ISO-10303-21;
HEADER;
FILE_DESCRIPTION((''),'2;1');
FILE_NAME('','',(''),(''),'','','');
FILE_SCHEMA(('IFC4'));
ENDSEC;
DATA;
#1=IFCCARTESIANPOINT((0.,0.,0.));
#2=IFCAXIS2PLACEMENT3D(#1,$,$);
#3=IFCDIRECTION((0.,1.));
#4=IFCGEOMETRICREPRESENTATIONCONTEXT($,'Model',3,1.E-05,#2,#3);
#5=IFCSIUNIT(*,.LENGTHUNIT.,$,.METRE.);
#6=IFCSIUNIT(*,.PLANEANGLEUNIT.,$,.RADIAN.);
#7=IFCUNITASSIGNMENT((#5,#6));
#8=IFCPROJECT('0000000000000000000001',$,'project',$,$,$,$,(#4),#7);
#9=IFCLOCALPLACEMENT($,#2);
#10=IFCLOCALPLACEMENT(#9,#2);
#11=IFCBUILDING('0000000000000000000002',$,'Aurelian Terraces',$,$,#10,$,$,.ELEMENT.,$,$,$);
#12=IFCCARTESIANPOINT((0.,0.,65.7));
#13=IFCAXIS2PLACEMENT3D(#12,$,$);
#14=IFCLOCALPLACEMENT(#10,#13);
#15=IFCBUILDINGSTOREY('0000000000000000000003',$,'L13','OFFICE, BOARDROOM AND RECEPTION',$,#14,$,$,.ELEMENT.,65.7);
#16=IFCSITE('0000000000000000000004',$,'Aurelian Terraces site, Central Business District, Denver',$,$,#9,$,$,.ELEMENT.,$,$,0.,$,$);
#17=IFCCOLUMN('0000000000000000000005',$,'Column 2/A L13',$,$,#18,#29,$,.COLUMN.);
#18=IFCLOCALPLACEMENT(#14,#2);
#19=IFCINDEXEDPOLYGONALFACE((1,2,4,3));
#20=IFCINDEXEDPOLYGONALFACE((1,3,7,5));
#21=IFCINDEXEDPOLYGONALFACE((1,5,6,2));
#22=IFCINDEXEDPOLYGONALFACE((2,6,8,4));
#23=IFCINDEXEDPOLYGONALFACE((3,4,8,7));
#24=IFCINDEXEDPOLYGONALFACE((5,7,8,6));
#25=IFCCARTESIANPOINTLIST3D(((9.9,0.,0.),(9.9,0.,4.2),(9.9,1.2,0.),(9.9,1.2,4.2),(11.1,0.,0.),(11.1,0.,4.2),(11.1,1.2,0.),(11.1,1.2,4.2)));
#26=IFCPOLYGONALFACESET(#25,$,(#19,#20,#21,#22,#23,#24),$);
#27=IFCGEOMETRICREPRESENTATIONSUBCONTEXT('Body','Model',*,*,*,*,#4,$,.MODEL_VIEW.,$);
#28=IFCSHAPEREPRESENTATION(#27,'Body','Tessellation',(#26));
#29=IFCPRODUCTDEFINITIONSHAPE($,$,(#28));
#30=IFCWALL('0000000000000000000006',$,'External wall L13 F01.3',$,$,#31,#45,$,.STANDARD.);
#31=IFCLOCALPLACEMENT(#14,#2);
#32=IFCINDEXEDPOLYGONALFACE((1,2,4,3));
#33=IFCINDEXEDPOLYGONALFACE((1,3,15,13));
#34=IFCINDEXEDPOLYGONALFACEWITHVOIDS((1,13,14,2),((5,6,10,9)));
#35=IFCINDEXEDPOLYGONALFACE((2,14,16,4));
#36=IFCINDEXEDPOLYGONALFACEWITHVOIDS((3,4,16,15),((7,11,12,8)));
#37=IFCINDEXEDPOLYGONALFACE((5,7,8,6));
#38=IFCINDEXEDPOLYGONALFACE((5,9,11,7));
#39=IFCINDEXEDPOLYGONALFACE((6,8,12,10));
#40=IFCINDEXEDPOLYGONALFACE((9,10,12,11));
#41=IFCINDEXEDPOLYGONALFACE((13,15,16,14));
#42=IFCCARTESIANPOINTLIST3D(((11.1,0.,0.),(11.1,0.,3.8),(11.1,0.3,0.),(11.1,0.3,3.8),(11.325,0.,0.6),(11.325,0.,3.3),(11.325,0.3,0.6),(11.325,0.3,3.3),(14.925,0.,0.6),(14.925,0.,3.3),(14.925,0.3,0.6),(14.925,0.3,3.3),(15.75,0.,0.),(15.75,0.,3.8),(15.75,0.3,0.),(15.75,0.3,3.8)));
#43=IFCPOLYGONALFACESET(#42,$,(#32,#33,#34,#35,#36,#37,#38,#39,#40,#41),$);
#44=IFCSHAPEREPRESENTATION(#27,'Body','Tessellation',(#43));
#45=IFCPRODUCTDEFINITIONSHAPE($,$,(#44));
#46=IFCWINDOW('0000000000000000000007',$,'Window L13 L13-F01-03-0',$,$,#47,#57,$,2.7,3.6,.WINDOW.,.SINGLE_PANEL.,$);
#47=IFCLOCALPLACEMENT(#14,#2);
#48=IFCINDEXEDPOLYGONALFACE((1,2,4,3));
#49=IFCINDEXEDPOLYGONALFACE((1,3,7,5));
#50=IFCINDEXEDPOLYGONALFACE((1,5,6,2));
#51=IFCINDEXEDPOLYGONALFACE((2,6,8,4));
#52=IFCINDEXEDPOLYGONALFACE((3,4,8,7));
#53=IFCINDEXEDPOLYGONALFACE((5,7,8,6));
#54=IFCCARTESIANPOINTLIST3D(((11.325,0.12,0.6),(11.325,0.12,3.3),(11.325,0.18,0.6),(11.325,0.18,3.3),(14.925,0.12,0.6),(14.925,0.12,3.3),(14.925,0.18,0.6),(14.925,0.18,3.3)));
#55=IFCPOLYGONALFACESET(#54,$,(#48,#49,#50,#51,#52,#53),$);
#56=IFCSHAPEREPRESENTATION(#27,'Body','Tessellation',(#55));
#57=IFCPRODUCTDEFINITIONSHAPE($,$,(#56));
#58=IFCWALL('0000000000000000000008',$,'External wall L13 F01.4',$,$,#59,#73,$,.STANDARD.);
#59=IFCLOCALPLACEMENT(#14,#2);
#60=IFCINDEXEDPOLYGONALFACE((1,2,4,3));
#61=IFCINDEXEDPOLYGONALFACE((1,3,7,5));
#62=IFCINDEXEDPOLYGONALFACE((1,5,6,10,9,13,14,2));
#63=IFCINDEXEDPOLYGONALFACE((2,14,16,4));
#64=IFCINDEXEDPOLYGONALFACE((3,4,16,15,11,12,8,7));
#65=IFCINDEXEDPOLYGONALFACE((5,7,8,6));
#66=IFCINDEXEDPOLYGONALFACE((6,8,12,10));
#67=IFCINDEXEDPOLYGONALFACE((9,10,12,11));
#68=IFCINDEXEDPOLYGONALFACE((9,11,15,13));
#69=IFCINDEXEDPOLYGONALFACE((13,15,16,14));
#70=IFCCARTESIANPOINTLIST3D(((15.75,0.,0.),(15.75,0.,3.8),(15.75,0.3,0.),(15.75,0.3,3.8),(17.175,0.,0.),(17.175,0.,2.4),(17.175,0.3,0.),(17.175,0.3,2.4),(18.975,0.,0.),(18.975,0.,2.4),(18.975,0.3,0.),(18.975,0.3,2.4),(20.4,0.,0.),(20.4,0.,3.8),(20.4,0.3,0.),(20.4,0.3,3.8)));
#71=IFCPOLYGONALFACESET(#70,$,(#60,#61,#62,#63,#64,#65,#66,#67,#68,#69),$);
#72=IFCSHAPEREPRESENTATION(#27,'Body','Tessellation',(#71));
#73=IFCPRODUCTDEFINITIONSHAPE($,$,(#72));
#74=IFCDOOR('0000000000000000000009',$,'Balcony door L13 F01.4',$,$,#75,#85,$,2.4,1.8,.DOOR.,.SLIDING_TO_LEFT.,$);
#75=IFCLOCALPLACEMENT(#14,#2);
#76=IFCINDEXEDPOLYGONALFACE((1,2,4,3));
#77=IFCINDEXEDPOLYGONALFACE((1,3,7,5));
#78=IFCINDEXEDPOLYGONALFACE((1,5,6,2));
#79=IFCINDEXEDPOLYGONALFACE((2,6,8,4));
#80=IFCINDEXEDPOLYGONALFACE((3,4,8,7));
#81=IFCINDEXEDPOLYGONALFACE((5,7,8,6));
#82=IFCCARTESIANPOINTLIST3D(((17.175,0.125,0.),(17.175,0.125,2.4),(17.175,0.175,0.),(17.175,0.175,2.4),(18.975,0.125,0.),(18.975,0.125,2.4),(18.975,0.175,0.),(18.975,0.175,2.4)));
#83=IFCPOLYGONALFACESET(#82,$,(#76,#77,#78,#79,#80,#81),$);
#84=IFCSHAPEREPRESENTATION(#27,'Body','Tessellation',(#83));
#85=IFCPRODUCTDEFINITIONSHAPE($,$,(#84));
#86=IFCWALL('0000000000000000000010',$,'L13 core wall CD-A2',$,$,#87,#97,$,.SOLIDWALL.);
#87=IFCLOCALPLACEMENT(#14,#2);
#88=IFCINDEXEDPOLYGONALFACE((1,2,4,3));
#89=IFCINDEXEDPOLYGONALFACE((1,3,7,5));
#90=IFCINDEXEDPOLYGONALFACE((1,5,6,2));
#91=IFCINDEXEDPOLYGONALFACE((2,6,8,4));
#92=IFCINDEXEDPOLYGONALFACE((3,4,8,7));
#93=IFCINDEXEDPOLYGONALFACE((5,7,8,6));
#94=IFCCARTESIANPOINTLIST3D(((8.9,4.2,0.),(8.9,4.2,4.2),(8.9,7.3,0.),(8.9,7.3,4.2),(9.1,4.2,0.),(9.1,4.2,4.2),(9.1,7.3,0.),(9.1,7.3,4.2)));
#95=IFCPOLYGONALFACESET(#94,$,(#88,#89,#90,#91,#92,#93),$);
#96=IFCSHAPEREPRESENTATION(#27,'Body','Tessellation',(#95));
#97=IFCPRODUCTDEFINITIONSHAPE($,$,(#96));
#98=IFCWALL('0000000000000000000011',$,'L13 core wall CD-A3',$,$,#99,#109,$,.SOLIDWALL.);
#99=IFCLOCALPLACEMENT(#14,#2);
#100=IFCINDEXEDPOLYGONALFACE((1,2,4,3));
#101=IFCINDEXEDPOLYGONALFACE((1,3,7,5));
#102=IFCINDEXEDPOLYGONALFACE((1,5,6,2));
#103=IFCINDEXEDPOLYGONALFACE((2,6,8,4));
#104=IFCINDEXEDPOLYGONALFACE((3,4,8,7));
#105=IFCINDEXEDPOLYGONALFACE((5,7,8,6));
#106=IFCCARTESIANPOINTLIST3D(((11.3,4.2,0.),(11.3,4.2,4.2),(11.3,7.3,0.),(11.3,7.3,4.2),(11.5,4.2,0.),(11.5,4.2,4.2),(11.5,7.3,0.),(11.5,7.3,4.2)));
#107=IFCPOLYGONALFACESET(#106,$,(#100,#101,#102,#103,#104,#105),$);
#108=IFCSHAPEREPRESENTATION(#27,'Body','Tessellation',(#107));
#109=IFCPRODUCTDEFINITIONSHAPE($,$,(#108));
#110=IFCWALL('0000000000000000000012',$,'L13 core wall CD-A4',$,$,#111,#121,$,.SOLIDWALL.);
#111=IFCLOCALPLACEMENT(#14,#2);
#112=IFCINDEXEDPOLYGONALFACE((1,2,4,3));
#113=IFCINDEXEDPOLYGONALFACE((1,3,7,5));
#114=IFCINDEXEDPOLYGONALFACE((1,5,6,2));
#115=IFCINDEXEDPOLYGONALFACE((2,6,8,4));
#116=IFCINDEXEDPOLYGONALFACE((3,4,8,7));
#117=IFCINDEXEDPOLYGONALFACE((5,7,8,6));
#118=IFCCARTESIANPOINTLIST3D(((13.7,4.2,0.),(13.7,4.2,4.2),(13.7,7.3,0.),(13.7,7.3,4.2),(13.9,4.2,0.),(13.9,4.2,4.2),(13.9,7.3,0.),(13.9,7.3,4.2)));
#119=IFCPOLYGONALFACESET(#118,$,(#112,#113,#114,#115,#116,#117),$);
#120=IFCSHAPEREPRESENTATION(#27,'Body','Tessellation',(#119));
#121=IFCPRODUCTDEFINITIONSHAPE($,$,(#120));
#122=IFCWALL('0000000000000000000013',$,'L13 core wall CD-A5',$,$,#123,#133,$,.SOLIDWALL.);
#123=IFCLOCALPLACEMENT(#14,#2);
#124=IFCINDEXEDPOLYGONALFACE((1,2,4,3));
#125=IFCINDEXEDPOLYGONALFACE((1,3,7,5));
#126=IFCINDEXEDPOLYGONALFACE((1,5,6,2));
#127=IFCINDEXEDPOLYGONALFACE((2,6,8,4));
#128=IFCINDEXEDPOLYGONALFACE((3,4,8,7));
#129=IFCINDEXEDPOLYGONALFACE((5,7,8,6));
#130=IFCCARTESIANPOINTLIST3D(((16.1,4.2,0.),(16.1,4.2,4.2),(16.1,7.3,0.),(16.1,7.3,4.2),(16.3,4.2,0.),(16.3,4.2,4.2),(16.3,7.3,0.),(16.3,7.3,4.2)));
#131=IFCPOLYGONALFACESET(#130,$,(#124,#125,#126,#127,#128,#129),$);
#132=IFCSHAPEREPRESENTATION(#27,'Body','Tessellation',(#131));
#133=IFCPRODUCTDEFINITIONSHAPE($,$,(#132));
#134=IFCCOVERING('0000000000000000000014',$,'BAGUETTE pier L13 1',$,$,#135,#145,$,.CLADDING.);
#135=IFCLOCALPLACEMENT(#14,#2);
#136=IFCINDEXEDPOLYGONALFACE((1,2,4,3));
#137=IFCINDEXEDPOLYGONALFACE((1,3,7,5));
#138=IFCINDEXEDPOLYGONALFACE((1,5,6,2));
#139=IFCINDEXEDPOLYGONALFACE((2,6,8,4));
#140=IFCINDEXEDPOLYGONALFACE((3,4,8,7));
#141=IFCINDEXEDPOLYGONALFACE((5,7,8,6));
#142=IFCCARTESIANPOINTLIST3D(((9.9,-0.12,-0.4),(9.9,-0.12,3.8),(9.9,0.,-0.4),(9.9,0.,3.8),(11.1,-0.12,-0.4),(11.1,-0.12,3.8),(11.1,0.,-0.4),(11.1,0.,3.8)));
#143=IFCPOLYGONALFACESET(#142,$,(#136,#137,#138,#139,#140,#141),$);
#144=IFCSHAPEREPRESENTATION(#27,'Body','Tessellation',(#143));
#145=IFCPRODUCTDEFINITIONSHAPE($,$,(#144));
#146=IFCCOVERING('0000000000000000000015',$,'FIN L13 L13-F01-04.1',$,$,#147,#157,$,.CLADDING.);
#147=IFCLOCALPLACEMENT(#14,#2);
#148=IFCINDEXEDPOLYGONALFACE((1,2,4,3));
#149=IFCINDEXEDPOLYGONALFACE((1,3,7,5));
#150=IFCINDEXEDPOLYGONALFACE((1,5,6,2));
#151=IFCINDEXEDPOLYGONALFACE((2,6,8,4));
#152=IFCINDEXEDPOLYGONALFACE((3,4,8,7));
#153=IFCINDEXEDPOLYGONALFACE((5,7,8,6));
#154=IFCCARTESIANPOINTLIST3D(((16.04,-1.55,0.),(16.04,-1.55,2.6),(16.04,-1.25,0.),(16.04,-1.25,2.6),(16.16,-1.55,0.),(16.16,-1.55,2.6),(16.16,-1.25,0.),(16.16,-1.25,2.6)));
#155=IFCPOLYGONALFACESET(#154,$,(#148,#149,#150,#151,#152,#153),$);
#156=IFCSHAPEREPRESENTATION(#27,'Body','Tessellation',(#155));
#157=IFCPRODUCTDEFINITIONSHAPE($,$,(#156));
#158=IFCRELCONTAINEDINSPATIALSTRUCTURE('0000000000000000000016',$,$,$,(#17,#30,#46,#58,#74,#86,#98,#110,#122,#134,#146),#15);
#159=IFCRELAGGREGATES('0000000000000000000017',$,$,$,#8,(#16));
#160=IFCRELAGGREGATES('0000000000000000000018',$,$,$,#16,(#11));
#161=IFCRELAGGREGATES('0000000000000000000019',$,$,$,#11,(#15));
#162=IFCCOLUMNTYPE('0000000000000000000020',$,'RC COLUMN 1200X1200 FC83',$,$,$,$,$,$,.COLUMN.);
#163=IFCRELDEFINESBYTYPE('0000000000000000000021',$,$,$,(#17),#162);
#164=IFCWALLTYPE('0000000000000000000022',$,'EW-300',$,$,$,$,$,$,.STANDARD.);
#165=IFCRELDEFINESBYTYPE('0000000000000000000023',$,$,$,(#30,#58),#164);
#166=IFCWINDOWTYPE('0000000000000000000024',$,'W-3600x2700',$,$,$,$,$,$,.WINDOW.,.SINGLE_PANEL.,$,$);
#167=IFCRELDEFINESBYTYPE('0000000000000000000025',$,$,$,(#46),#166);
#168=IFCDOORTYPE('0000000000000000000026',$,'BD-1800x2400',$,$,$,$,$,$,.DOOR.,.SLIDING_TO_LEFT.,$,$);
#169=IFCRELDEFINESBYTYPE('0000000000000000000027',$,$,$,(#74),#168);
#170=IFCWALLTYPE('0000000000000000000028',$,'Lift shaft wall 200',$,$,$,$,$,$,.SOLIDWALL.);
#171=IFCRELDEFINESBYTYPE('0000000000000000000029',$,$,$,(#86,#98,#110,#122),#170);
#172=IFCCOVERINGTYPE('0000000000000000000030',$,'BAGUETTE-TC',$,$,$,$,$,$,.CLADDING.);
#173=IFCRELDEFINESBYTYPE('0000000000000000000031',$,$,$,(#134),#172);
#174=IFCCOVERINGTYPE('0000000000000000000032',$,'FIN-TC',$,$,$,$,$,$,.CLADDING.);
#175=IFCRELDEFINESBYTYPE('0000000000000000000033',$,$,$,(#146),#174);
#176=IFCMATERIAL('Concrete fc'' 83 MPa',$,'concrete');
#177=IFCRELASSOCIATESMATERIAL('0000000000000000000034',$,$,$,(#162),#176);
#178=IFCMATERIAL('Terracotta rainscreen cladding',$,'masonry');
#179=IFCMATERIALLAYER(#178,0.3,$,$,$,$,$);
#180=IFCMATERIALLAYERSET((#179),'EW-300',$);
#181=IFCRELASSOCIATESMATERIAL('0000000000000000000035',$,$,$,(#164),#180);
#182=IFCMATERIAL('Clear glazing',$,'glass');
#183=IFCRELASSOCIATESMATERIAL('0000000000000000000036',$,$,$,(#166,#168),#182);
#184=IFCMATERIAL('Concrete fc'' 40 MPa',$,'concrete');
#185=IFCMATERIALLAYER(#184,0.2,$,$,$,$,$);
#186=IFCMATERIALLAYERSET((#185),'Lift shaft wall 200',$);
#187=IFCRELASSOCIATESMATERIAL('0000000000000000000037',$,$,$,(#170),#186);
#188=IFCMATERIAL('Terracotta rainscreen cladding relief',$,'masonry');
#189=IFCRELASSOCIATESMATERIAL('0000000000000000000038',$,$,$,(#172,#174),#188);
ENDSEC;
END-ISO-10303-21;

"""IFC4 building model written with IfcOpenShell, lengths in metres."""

from ifc_helpers import new_model, si_unit, direction, frame, frame_2d, origin, origin_2d, place, context, subcontext, project, spatial, rectangle, extrude, source, transform, mapped, material, layer, layer_set, material_profile, profile_set, type_object, element, fill, save


model = new_model("IFC4")

# Units and contexts
model_context = context("Model", 3, precision=1e-05, world=origin(), true_north=direction((0.0, 1.0)))
body_context = subcontext(model_context, "Body", "Model", "MODEL_VIEW")
ifc_project = project(units=[si_unit("LENGTHUNIT", "METRE"), si_unit("PLANEANGLEUNIT", "RADIAN")], contexts=[model_context])

# Site, building, storey
site_placement = place(None, origin())
site = spatial("IfcSite", under=ifc_project, at=site_placement, Name="Aurelian Terraces site, Central Business District, Denver", CompositionType="ELEMENT", RefElevation=0.0)
building_placement = place(site_placement, origin())
building = spatial("IfcBuilding", under=site, at=building_placement, Name="Aurelian Terraces", CompositionType="ELEMENT")
storey_placement = place(building_placement, frame((0.0, 0.0, 65.7)))
storey = spatial("IfcBuildingStorey", under=building, at=storey_placement, Name="L13", Description="OFFICE, BOARDROOM AND RECEPTION", CompositionType="ELEMENT", Elevation=65.7)

# Column
ifc_material_1 = material(Name="Concrete fc' 83 MPa", Category="concrete")
ifc_material_profile = material_profile(ifc_material_1, rectangle(XDim=1.2, YDim=1.2, at=origin_2d()))
ifc_profile_set = profile_set([ifc_material_profile], Name="Concrete fc' 83 MPa")
column_type = type_object("IfcColumnType", Name="RC COLUMN 1200X1200 FC83", PredefinedType="COLUMN", material=ifc_profile_set)
shared_shape_1 = source(origin(), body_context, "Body", "SweptSolid", [
    extrude(rectangle(XDim=1.2, YDim=1.2, at=origin_2d()), origin(), (0.0, 0.0, 1.0), 4.2),
])
column_placement = place(storey_placement, frame((10.5, 0.6, 0.0), z_axis=(0.0, 0.0, 1.0), x_axis=(1.0, 0.0, 0.0)))
element("IfcColumn", 1, at=column_placement, inside=storey, type_object=column_type, Name="Column 2/A L13", PredefinedType="COLUMN", context=body_context, shape_type="MappedRepresentation", body=[
    mapped(shared_shape_1, transform((0.0, 0.0, 0.0), scale=1.0)),
])

# Wall, opening, window
ifc_material_2 = material(Name="Terracotta rainscreen cladding", Category="masonry")
ifc_layer_1 = layer(ifc_material_2, 0.3)
ifc_layer_set_1 = layer_set([ifc_layer_1], Name="EW-300")
wall_type_1 = type_object("IfcWallType", Name="EW-300", PredefinedType="STANDARD", material=ifc_layer_set_1)
shared_shape_2 = source(origin(), body_context, "Body", "SweptSolid", [
    extrude(rectangle(XDim=4.65, YDim=0.3, at=frame_2d((2.325, 0.0))), origin(), (0.0, 0.0, 1.0), 3.8),
])
wall_1_placement = place(storey_placement, frame((11.1, 0.15, 0.0), z_axis=(0.0, 0.0, 1.0), x_axis=(1.0, 0.0, 0.0)))
wall_1 = element("IfcWall", 2, at=wall_1_placement, inside=storey, type_object=wall_type_1, Name="External wall L13 F01.3", PredefinedType="STANDARD", context=body_context, shape_type="MappedRepresentation", body=[
    mapped(shared_shape_2, transform((0.0, 0.0, 0.0), scale=1.0)),
])
shared_shape_3 = source(origin(), body_context, "Body", "SweptSolid", [
    extrude(rectangle(XDim=3.6, YDim=2.7, at=frame_2d((1.8, 1.35))), frame((0.0, 0.16, 0.0), z_axis=(0.0, -1.0, 0.0), x_axis=(1.0, 0.0, 0.0)), (0.0, 0.0, 1.0), 0.32),
])
opening_1_placement = place(wall_1_placement, frame((0.225, 0.0, 0.6)))
opening_1 = element("IfcOpeningElement", 3, at=opening_1_placement, cuts=wall_1, PredefinedType="OPENING", context=body_context, shape_type="MappedRepresentation", body=[
    mapped(shared_shape_3, transform((0.0, 0.0, 0.0), scale=1.0)),
])
ifc_material_3 = material(Name="Clear glazing", Category="glass")
window_type = type_object("IfcWindowType", Name="W-3600x2700", PartitioningType="SINGLE_PANEL", PredefinedType="WINDOW", material=ifc_material_3)
shared_shape_4 = source(origin(), body_context, "Body", "SweptSolid", [
    extrude(rectangle(XDim=3.6, YDim=2.7, at=frame_2d((1.8, 1.35))), frame((0.0, 0.03, 0.0), z_axis=(0.0, -1.0, 0.0), x_axis=(1.0, 0.0, 0.0)), (0.0, 0.0, 1.0), 0.06),
])
window_placement = place(opening_1_placement, origin())
window = element("IfcWindow", 4, at=window_placement, inside=storey, type_object=window_type, Name="Window L13 L13-F01-03-0", OverallHeight=2.7, OverallWidth=3.6, PartitioningType="SINGLE_PANEL", PredefinedType="WINDOW", context=body_context, shape_type="MappedRepresentation", body=[
    mapped(shared_shape_4, transform((0.0, 0.0, 0.0), scale=1.0)),
])
fill(opening_1, window)

# Wall, opening, door
wall_2_placement = place(storey_placement, frame((15.75, 0.15, 0.0), z_axis=(0.0, 0.0, 1.0), x_axis=(1.0, 0.0, 0.0)))
wall_2 = element("IfcWall", 5, at=wall_2_placement, inside=storey, type_object=wall_type_1, Name="External wall L13 F01.4", PredefinedType="STANDARD", context=body_context, shape_type="MappedRepresentation", body=[
    mapped(shared_shape_2, transform((0.0, 0.0, 0.0), scale=1.0)),
])
shared_shape_5 = source(origin(), body_context, "Body", "SweptSolid", [
    extrude(rectangle(XDim=1.8, YDim=2.4, at=frame_2d((0.9, 1.2))), frame((0.0, 0.16, 0.0), z_axis=(0.0, -1.0, 0.0), x_axis=(1.0, 0.0, 0.0)), (0.0, 0.0, 1.0), 0.32),
])
opening_2_placement = place(wall_2_placement, frame((1.425, 0.0, 0.0)))
opening_2 = element("IfcOpeningElement", 6, at=opening_2_placement, cuts=wall_2, PredefinedType="OPENING", context=body_context, shape_type="MappedRepresentation", body=[
    mapped(shared_shape_5, transform((0.0, 0.0, 0.0), scale=1.0)),
])
door_type = type_object("IfcDoorType", Name="BD-1800x2400", OperationType="SLIDING_TO_LEFT", PredefinedType="DOOR", material=ifc_material_3)
shared_shape_6 = source(origin(), body_context, "Body", "SweptSolid", [
    extrude(rectangle(XDim=1.8, YDim=2.4, at=frame_2d((0.9, 1.2))), frame((0.0, 0.025, 0.0), z_axis=(0.0, -1.0, 0.0), x_axis=(1.0, 0.0, 0.0)), (0.0, 0.0, 1.0), 0.05),
])
door_placement = place(opening_2_placement, origin())
door = element("IfcDoor", 7, at=door_placement, inside=storey, type_object=door_type, Name="Balcony door L13 F01.4", OperationType="SLIDING_TO_LEFT", OverallHeight=2.4, OverallWidth=1.8, PredefinedType="DOOR", context=body_context, shape_type="MappedRepresentation", body=[
    mapped(shared_shape_6, transform((0.0, 0.0, 0.0), scale=1.0)),
])
fill(opening_2, door)

# Walls
ifc_material_4 = material(Name="Concrete fc' 40 MPa", Category="concrete")
ifc_layer_2 = layer(ifc_material_4, 0.2)
ifc_layer_set_2 = layer_set([ifc_layer_2], Name="Lift shaft wall 200")
wall_type_2 = type_object("IfcWallType", Name="Lift shaft wall 200", PredefinedType="SOLIDWALL", material=ifc_layer_set_2)
shared_shape_7 = source(origin(), body_context, "Body", "SweptSolid", [
    extrude(rectangle(XDim=3.1, YDim=0.2, at=frame_2d((1.55, 0.0))), origin(), (0.0, 0.0, 1.0), 4.2),
])
for number, where, z_axis, x_axis, name in (
    (8, (9.0, 4.2, 0.0), (0.0, 0.0, 1.0), (0.0, 1.0, 0.0), "L13 core wall CD-A2"),
    (9, (11.4, 4.2, 0.0), (0.0, 0.0, 1.0), (0.0, 1.0, 0.0), "L13 core wall CD-A3"),
    (10, (13.8, 4.2, 0.0), (0.0, 0.0, 1.0), (0.0, 1.0, 0.0), "L13 core wall CD-A4"),
    (11, (16.2, 4.2, 0.0), (0.0, 0.0, 1.0), (0.0, 1.0, 0.0), "L13 core wall CD-A5"),
):
    element("IfcWall", number, at=place(storey_placement, frame(where, z_axis=z_axis, x_axis=x_axis)), inside=storey, type_object=wall_type_2, Name=name, PredefinedType="SOLIDWALL", context=body_context, shape_type="MappedRepresentation", body=[
        mapped(shared_shape_7, transform((0.0, 0.0, 0.0), scale=1.0)),
    ])

# Coverings
ifc_material_5 = material(Name="Terracotta rainscreen cladding relief", Category="masonry")
covering_type_1 = type_object("IfcCoveringType", Name="BAGUETTE-TC", PredefinedType="CLADDING", material=ifc_material_5)
shared_shape_8 = source(origin(), body_context, "Body", "SweptSolid", [
    extrude(rectangle(XDim=1.2, YDim=0.12, at=origin_2d()), origin(), (0.0, 0.0, 1.0), 4.2),
])
covering_1_placement = place(storey_placement, frame((10.5, -0.06, -0.4), z_axis=(0.0, 0.0, 1.0), x_axis=(1.0, 0.0, 0.0)))
element("IfcCovering", 12, at=covering_1_placement, inside=storey, type_object=covering_type_1, Name="BAGUETTE pier L13 1", PredefinedType="CLADDING", context=body_context, shape_type="MappedRepresentation", body=[
    mapped(shared_shape_8, transform((0.0, 0.0, 0.0), scale=1.0)),
])
covering_type_2 = type_object("IfcCoveringType", Name="FIN-TC", PredefinedType="CLADDING", material=ifc_material_5)
shared_shape_9 = source(origin(), body_context, "Body", "SweptSolid", [
    extrude(rectangle(XDim=0.12, YDim=0.3, at=origin_2d()), origin(), (0.0, 0.0, 1.0), 2.6),
])
covering_2_placement = place(storey_placement, frame((16.1, -1.4, 0.0), z_axis=(0.0, 0.0, 1.0), x_axis=(1.0, 0.0, 0.0)))
element("IfcCovering", 13, at=covering_2_placement, inside=storey, type_object=covering_type_2, Name="FIN L13 L13-F01-04.1", PredefinedType="CLADDING", context=body_context, shape_type="MappedRepresentation", body=[
    mapped(shared_shape_9, transform((0.0, 0.0, 0.0), scale=1.0)),
])

save(model, "model.ifc")
